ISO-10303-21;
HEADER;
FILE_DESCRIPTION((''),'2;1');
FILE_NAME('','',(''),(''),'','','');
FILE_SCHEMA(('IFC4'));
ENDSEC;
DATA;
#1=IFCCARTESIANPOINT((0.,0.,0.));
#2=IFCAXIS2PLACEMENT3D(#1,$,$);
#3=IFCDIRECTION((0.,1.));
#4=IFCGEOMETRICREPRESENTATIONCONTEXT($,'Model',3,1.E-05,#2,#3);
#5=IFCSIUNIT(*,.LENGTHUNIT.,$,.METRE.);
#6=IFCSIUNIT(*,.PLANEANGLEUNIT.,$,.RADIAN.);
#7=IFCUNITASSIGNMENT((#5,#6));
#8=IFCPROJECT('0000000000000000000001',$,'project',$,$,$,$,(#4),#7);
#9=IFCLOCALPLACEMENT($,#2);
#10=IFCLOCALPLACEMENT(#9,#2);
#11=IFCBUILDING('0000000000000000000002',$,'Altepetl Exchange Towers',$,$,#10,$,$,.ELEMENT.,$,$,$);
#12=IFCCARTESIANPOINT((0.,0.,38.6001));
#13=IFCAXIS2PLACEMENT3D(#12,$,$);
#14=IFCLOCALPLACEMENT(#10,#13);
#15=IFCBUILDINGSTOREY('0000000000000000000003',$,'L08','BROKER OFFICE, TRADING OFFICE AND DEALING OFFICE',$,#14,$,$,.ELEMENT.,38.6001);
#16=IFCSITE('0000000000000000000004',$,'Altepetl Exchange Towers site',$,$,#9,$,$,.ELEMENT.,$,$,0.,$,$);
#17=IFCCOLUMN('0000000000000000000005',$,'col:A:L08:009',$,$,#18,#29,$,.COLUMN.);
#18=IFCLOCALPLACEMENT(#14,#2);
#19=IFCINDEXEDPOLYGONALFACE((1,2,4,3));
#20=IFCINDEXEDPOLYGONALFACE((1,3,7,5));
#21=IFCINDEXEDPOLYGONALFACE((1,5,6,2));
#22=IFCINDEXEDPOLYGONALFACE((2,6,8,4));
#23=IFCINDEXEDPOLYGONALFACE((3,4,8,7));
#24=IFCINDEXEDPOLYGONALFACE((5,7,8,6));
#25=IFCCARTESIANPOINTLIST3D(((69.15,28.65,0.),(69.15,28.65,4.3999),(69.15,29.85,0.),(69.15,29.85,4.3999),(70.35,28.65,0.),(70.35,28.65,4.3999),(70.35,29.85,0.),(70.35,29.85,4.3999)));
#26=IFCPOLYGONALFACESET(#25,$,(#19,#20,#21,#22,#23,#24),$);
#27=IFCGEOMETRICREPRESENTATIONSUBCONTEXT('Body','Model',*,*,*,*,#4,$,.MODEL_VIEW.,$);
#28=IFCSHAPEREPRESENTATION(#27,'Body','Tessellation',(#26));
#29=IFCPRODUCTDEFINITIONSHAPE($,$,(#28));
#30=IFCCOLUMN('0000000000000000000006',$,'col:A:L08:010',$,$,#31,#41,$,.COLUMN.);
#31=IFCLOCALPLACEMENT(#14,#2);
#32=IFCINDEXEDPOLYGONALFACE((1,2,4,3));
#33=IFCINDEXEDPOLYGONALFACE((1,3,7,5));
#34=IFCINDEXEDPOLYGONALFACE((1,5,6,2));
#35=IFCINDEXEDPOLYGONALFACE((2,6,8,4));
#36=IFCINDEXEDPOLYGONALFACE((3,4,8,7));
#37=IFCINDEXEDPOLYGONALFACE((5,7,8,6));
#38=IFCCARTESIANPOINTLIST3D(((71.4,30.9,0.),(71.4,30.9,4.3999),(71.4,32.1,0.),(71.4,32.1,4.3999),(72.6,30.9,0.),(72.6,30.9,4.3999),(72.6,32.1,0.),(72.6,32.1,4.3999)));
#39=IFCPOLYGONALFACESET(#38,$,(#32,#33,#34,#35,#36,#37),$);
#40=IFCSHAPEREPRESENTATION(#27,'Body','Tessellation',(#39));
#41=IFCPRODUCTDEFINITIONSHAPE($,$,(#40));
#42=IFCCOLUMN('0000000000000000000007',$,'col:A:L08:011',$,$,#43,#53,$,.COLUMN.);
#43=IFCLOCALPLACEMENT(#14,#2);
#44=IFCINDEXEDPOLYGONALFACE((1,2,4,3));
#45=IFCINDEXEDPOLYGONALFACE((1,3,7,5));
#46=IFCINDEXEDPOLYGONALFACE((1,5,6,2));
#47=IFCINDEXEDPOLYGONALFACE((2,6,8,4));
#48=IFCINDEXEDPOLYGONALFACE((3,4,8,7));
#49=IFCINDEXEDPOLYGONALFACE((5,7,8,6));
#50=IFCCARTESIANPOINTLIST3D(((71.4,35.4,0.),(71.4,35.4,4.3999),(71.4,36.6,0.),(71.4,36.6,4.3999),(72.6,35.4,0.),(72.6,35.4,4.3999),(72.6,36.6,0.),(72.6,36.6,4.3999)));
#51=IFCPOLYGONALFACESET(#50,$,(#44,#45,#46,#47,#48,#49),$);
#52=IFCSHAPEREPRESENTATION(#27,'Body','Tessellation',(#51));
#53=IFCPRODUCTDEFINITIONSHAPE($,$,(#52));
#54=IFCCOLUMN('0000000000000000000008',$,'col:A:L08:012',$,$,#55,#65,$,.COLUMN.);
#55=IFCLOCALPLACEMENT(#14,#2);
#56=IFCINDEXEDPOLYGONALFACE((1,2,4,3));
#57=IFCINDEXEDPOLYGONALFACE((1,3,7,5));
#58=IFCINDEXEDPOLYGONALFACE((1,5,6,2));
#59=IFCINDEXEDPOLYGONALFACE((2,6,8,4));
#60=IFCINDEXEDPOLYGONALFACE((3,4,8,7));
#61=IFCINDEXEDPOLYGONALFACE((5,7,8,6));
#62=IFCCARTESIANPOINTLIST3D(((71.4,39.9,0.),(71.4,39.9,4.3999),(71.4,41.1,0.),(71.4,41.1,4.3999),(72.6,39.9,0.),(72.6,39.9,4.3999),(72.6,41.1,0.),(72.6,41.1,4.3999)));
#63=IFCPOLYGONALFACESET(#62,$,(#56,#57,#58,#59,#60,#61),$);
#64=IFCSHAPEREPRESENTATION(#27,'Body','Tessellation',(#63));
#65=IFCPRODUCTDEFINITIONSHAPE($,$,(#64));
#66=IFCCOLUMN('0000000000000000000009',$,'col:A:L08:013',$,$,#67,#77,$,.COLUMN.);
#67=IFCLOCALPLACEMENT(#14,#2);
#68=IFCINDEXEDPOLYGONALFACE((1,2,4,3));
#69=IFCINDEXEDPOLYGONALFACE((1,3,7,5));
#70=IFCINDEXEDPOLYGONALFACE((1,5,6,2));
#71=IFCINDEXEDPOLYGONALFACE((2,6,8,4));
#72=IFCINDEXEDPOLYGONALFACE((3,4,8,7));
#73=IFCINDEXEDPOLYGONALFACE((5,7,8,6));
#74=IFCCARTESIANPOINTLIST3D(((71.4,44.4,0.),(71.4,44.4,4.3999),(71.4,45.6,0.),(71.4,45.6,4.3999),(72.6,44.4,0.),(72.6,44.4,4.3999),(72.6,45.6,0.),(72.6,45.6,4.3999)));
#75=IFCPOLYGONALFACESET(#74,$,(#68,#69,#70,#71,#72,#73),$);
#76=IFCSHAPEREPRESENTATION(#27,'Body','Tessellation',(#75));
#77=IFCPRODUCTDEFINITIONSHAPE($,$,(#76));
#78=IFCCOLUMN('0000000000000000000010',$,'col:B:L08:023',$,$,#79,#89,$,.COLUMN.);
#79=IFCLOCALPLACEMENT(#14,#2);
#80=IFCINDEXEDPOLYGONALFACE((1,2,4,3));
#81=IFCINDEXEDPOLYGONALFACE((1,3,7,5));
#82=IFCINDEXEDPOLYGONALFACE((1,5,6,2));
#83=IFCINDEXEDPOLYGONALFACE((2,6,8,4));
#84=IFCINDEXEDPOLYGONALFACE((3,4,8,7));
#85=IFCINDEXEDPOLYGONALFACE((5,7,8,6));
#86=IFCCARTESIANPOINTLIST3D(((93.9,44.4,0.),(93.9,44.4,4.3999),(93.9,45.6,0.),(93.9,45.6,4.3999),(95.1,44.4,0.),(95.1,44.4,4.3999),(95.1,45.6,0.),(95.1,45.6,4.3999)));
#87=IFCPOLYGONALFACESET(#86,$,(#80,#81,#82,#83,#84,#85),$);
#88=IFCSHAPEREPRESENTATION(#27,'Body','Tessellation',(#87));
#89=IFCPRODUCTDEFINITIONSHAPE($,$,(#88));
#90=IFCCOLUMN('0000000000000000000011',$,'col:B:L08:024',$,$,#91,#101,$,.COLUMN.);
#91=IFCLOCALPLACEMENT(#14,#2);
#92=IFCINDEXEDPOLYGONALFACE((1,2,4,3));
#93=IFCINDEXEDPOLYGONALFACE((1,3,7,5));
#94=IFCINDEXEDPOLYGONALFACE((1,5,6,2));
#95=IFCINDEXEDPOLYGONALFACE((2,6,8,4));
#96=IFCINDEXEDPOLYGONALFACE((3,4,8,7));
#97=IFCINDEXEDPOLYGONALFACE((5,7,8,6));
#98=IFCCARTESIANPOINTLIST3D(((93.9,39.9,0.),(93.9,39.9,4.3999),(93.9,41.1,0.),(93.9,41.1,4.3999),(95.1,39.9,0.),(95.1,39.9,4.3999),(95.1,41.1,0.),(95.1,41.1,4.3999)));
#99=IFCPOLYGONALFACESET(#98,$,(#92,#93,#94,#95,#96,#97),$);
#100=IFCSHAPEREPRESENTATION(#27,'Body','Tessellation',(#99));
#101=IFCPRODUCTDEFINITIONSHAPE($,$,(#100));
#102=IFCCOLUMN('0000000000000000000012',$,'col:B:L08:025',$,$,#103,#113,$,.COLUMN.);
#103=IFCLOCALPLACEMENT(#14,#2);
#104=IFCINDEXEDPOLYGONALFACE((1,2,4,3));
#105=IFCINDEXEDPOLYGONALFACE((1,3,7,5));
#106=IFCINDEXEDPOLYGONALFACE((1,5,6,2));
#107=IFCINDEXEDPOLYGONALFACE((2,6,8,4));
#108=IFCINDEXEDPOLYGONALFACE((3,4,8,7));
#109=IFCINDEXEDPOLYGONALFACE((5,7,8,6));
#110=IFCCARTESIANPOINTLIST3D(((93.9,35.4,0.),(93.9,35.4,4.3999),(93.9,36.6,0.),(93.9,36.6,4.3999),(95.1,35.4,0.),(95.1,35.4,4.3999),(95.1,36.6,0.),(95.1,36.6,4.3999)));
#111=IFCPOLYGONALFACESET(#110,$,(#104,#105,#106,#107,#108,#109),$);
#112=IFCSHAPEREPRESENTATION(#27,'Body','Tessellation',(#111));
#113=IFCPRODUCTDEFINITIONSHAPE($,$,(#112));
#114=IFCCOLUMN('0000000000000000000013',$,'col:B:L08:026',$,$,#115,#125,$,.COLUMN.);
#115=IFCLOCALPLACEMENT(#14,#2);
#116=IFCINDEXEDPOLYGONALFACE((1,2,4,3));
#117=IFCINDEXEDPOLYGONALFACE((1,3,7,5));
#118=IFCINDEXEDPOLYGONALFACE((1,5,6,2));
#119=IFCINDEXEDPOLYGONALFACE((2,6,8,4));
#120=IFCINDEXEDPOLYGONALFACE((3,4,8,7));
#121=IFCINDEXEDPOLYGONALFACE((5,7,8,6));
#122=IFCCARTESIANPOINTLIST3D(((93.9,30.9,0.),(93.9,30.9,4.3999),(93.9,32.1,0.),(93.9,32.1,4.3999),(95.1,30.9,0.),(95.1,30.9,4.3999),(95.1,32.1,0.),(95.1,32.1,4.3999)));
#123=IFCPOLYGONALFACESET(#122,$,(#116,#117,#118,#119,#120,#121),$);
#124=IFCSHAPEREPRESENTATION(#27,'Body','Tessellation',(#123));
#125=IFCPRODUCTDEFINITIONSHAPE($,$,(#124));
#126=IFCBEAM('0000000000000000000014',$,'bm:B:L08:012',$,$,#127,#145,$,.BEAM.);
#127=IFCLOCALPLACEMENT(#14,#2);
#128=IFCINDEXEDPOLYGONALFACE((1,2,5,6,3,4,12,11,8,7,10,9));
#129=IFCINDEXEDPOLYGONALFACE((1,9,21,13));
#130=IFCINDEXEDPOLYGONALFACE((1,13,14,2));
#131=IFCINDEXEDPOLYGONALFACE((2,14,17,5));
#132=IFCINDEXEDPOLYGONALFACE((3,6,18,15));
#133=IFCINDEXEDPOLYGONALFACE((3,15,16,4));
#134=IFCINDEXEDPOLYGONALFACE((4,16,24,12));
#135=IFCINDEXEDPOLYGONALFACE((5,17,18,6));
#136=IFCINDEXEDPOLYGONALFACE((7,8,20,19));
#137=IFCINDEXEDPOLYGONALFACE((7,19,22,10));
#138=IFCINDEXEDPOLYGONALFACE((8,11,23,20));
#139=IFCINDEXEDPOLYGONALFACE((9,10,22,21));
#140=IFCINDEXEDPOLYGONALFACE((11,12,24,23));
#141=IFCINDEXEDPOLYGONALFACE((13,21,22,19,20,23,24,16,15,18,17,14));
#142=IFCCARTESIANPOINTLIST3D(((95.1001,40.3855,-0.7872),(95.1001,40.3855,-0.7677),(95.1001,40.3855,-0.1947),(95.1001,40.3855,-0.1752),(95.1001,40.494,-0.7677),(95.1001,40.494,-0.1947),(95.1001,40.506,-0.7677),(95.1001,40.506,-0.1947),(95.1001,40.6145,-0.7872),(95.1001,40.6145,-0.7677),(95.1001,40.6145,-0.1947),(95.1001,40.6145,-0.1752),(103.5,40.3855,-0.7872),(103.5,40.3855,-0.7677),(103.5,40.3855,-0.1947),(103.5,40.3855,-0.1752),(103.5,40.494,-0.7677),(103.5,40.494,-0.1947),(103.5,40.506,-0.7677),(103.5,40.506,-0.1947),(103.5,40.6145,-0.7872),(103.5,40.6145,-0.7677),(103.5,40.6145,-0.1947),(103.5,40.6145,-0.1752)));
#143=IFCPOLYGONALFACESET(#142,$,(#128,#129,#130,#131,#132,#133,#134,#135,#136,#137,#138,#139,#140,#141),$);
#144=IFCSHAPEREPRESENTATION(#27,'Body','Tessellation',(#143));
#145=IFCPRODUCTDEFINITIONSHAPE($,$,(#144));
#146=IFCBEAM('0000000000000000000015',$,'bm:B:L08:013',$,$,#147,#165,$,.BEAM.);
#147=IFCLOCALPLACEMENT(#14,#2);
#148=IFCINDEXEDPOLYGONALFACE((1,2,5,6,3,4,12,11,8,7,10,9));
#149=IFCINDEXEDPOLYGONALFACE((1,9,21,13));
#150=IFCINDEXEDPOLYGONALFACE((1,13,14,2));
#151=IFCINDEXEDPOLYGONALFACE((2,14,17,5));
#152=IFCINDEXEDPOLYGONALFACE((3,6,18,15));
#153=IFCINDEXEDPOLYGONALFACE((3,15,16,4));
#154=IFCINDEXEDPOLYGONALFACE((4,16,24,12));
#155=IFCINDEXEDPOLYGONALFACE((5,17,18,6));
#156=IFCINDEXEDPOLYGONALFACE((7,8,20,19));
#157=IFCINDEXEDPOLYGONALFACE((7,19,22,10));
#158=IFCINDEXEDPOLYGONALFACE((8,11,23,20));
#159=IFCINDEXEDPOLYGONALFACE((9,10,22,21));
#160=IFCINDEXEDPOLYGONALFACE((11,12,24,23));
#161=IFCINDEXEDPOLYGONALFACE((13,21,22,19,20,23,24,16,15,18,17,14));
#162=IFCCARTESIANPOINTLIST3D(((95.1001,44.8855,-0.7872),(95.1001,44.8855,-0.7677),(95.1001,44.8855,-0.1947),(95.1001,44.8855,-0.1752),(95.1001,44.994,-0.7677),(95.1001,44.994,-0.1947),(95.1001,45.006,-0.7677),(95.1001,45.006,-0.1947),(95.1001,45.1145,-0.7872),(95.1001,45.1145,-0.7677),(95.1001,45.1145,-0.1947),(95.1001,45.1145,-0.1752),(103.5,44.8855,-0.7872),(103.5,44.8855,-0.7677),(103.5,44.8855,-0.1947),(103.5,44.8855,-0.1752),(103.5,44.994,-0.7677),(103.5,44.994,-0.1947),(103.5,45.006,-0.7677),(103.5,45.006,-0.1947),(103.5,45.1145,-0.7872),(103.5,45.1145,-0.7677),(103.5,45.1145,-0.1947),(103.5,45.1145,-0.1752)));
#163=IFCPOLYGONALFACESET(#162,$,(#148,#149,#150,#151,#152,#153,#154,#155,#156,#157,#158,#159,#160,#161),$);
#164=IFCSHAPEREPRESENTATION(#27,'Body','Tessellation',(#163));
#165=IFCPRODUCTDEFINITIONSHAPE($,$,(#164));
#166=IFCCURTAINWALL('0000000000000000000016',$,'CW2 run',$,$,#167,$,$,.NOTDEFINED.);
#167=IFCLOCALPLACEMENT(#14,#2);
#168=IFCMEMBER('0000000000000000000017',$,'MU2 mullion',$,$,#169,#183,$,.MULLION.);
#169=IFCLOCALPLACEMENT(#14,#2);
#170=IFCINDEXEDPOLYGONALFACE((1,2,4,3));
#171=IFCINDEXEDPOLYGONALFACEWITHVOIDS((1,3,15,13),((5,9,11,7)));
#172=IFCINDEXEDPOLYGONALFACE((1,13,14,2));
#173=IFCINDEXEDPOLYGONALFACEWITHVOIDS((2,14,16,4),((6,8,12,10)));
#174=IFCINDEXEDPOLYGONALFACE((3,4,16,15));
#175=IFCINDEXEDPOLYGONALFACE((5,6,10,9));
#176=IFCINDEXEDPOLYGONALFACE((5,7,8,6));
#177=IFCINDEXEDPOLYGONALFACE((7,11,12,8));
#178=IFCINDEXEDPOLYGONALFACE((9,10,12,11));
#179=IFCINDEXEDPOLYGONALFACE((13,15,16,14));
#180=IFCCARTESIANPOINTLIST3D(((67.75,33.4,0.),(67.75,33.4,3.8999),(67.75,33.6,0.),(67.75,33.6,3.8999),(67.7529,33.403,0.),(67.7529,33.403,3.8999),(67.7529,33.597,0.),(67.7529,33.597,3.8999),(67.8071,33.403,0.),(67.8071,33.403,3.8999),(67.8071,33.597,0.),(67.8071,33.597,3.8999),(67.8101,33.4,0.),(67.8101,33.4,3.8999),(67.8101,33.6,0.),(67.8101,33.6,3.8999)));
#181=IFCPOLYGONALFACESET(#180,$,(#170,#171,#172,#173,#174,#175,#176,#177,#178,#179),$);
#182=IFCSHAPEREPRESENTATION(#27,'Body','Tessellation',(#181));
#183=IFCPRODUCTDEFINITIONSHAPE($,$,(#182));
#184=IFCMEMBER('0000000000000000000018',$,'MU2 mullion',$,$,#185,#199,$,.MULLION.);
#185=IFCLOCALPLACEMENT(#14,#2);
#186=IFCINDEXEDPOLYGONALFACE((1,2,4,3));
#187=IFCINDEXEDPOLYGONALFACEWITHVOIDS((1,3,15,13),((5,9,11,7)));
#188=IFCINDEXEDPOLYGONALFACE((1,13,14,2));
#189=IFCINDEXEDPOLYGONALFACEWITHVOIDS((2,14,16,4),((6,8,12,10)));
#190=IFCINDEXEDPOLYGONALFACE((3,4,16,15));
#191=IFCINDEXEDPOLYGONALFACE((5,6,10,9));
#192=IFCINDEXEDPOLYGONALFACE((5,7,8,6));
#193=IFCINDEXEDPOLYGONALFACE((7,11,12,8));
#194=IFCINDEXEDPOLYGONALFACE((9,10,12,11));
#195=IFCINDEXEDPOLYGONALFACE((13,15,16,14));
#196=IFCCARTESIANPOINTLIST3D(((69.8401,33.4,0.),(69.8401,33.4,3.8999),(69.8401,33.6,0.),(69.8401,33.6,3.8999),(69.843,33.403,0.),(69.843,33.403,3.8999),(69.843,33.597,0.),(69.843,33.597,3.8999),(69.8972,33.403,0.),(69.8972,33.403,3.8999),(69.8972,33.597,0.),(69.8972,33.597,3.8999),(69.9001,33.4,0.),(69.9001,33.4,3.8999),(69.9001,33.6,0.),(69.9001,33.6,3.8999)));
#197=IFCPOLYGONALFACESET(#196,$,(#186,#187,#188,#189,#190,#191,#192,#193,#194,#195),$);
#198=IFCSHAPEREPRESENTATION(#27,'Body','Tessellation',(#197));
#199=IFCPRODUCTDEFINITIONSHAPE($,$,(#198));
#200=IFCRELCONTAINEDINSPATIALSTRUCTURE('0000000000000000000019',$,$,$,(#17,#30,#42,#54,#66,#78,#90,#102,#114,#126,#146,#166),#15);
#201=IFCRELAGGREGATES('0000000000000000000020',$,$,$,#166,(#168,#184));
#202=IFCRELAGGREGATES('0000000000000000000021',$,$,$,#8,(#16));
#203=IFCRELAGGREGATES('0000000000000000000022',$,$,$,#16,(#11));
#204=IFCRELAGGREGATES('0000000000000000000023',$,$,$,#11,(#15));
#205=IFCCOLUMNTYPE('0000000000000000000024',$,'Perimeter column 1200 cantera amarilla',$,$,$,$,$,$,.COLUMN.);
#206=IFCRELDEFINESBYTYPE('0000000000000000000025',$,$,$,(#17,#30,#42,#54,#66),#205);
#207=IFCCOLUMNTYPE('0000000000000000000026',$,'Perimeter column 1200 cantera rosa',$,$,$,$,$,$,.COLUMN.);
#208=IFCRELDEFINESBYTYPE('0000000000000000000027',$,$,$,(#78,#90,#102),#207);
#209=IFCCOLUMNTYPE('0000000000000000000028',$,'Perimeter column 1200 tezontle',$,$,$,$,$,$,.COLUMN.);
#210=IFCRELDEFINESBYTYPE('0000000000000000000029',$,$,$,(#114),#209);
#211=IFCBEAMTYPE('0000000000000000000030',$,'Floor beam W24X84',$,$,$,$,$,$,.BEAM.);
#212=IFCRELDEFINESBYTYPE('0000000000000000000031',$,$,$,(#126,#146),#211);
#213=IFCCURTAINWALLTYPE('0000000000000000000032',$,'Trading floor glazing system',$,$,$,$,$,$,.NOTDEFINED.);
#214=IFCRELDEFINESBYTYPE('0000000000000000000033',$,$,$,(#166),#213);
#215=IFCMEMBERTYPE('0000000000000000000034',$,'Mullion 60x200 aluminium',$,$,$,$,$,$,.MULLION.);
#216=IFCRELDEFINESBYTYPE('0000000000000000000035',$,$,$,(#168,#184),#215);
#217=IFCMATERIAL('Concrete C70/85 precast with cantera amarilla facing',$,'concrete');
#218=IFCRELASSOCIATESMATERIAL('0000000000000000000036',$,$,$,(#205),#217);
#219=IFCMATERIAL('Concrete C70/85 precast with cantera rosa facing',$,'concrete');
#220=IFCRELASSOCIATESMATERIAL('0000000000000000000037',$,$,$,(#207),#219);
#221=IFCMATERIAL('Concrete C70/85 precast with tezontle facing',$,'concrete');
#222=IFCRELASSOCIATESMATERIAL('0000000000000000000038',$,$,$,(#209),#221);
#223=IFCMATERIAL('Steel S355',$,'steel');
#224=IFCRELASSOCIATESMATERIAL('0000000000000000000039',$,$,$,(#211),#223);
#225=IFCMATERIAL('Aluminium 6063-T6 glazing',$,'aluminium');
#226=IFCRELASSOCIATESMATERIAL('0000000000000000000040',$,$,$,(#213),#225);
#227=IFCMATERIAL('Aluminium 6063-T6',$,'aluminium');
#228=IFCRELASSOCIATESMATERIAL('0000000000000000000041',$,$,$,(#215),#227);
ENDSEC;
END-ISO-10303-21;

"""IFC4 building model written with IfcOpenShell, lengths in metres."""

from ifc_helpers import new_model, si_unit, direction, frame, origin, origin_2d, place, context, subcontext, project, spatial, rectangle, hollow_rectangle, i_section, extrude, material, material_profile, profile_set, type_object, element, aggregate, save


model = new_model("IFC4")

# Units and contexts
model_context = context("Model", 3, precision=1e-05, world=origin(), true_north=direction((0.0, 1.0)))
body_context = subcontext(model_context, "Body", "Model", "MODEL_VIEW")
ifc_project = project(units=[si_unit("LENGTHUNIT", "METRE"), si_unit("PLANEANGLEUNIT", "RADIAN")], contexts=[model_context])

# Site, building, storey
site_placement = place(None, origin())
site = spatial("IfcSite", under=ifc_project, at=site_placement, Name="Altepetl Exchange Towers site", CompositionType="ELEMENT", RefElevation=0.0)
building_placement = place(site_placement, origin())
building = spatial("IfcBuilding", under=site, at=building_placement, Name="Altepetl Exchange Towers", CompositionType="ELEMENT")
storey_placement = place(building_placement, frame((0.0, 0.0, 38.6001)))
storey = spatial("IfcBuildingStorey", under=building, at=storey_placement, Name="L08", Description="BROKER OFFICE, TRADING OFFICE AND DEALING OFFICE", CompositionType="ELEMENT", Elevation=38.6001)

# Columns
ifc_material_1 = material(Name="Concrete C70/85 precast with cantera amarilla facing", Category="concrete")
ifc_material_profile_1 = material_profile(ifc_material_1, rectangle(XDim=1.2, YDim=1.2, at=origin_2d()), Name="1200 x 1200")
ifc_profile_set_1 = profile_set([ifc_material_profile_1], Name="Concrete C70/85 precast with cantera amarilla facing")
column_type_1 = type_object("IfcColumnType", Name="Perimeter column 1200 cantera amarilla", PredefinedType="COLUMN", material=ifc_profile_set_1)
for number, where, name in (
    (1, (69.75, 29.25, 0.0), "col:A:L08:009"),
    (2, (72.0, 31.5, 0.0), "col:A:L08:010"),
    (3, (72.0, 36.0, 0.0), "col:A:L08:011"),
    (4, (72.0, 40.5, 0.0), "col:A:L08:012"),
    (5, (72.0, 45.0, 0.0), "col:A:L08:013"),
):
    element("IfcColumn", number, at=place(storey_placement, frame(where)), inside=storey, type_object=column_type_1, Name=name, PredefinedType="COLUMN", context=body_context, shape_type="SweptSolid", body=[
        extrude(rectangle(XDim=1.2, YDim=1.2, at=origin_2d()), origin(), (0.0, 0.0, 1.0), 4.3999),
    ])
ifc_material_2 = material(Name="Concrete C70/85 precast with cantera rosa facing", Category="concrete")
ifc_material_profile_2 = material_profile(ifc_material_2, rectangle(XDim=1.2, YDim=1.2, at=origin_2d()), Name="1200 x 1200")
ifc_profile_set_2 = profile_set([ifc_material_profile_2], Name="Concrete C70/85 precast with cantera rosa facing")
column_type_2 = type_object("IfcColumnType", Name="Perimeter column 1200 cantera rosa", PredefinedType="COLUMN", material=ifc_profile_set_2)
for number, where, name in (
    (6, (94.5, 45.0, 0.0), "col:B:L08:023"),
    (7, (94.5, 40.5, 0.0), "col:B:L08:024"),
    (8, (94.5, 36.0, 0.0), "col:B:L08:025"),
):
    element("IfcColumn", number, at=place(storey_placement, frame(where)), inside=storey, type_object=column_type_2, Name=name, PredefinedType="COLUMN", context=body_context, shape_type="SweptSolid", body=[
        extrude(rectangle(XDim=1.2, YDim=1.2, at=origin_2d()), origin(), (0.0, 0.0, 1.0), 4.3999),
    ])
ifc_material_3 = material(Name="Concrete C70/85 precast with tezontle facing", Category="concrete")
ifc_material_profile_3 = material_profile(ifc_material_3, rectangle(XDim=1.2, YDim=1.2, at=origin_2d()), Name="1200 x 1200")
ifc_profile_set_3 = profile_set([ifc_material_profile_3], Name="Concrete C70/85 precast with tezontle facing")
column_type_3 = type_object("IfcColumnType", Name="Perimeter column 1200 tezontle", PredefinedType="COLUMN", material=ifc_profile_set_3)
column_placement = place(storey_placement, frame((94.5, 31.5, 0.0)))
element("IfcColumn", 9, at=column_placement, inside=storey, type_object=column_type_3, Name="col:B:L08:026", PredefinedType="COLUMN", context=body_context, shape_type="SweptSolid", body=[
    extrude(rectangle(XDim=1.2, YDim=1.2, at=origin_2d()), origin(), (0.0, 0.0, 1.0), 4.3999),
])

# Beams
ifc_material_4 = material(Name="Steel S355", Category="steel")
ifc_material_profile_4 = material_profile(ifc_material_4, i_section(OverallWidth=0.229, OverallDepth=0.6121, WebThickness=0.012, FlangeThickness=0.0195, at=origin_2d()), Name="W24X84")
ifc_profile_set_4 = profile_set([ifc_material_profile_4], Name="Steel S355")
beam_type_1 = type_object("IfcBeamType", Name="Floor beam W24X84", PredefinedType="BEAM", material=ifc_profile_set_4)
for number, where, z_axis, x_axis, name in (
    (10, (95.1001, 40.5, -0.4812), (1.0, 0.0, 0.0), (0.0, 1.0, 0.0), "bm:B:L08:012"),
    (11, (95.1001, 45.0, -0.4812), (1.0, 0.0, 0.0), (0.0, 1.0, 0.0), "bm:B:L08:013"),
):
    element("IfcBeam", number, at=place(storey_placement, frame(where, z_axis=z_axis, x_axis=x_axis)), inside=storey, type_object=beam_type_1, Name=name, PredefinedType="BEAM", context=body_context, shape_type="SweptSolid", body=[
        extrude(i_section(OverallWidth=0.229, OverallDepth=0.6121, WebThickness=0.012, FlangeThickness=0.0195, at=origin_2d()), origin(), (0.0, 0.0, 1.0), 8.3999),
    ])

# Curtain wall, members
ifc_material_5 = material(Name="Aluminium 6063-T6 glazing", Category="aluminium")
curtain_wall_type = type_object("IfcCurtainWallType", Name="Trading floor glazing system", PredefinedType="NOTDEFINED", material=ifc_material_5)
curtain_wall_1_placement = place(storey_placement, origin())
curtain_wall_1 = element("IfcCurtainWall", 12, at=curtain_wall_1_placement, inside=storey, type_object=curtain_wall_type, Name="CW2 run", PredefinedType="NOTDEFINED")
ifc_material_6 = material(Name="Aluminium 6063-T6", Category="aluminium")
ifc_material_profile_5 = material_profile(ifc_material_6, hollow_rectangle(XDim=0.0601, YDim=0.2, WallThickness=0.0029, at=origin_2d()), Name="Mullion 60x200 aluminium")
ifc_profile_set_5 = profile_set([ifc_material_profile_5], Name="Aluminium 6063-T6")
member_type = type_object("IfcMemberType", Name="Mullion 60x200 aluminium", PredefinedType="MULLION", material=ifc_profile_set_5)
member_1_placement = place(storey_placement, frame((67.78, 33.5, 0.0)))
member_1 = element("IfcMember", 13, at=member_1_placement, type_object=member_type, Name="MU2 mullion", PredefinedType="MULLION", context=body_context, shape_type="SweptSolid", body=[
    extrude(hollow_rectangle(XDim=0.0601, YDim=0.2, WallThickness=0.0029, at=origin_2d()), origin(), (0.0, 0.0, 1.0), 3.8999),
])
member_2_placement = place(storey_placement, frame((69.8701, 33.5, 0.0)))
member_2 = element("IfcMember", 14, at=member_2_placement, type_object=member_type, Name="MU2 mullion", PredefinedType="MULLION", context=body_context, shape_type="SweptSolid", body=[
    extrude(hollow_rectangle(XDim=0.0601, YDim=0.2, WallThickness=0.0029, at=origin_2d()), origin(), (0.0, 0.0, 1.0), 3.8999),
])

aggregate(curtain_wall_1, [member_1, member_2])

save(model, "model.ifc")
